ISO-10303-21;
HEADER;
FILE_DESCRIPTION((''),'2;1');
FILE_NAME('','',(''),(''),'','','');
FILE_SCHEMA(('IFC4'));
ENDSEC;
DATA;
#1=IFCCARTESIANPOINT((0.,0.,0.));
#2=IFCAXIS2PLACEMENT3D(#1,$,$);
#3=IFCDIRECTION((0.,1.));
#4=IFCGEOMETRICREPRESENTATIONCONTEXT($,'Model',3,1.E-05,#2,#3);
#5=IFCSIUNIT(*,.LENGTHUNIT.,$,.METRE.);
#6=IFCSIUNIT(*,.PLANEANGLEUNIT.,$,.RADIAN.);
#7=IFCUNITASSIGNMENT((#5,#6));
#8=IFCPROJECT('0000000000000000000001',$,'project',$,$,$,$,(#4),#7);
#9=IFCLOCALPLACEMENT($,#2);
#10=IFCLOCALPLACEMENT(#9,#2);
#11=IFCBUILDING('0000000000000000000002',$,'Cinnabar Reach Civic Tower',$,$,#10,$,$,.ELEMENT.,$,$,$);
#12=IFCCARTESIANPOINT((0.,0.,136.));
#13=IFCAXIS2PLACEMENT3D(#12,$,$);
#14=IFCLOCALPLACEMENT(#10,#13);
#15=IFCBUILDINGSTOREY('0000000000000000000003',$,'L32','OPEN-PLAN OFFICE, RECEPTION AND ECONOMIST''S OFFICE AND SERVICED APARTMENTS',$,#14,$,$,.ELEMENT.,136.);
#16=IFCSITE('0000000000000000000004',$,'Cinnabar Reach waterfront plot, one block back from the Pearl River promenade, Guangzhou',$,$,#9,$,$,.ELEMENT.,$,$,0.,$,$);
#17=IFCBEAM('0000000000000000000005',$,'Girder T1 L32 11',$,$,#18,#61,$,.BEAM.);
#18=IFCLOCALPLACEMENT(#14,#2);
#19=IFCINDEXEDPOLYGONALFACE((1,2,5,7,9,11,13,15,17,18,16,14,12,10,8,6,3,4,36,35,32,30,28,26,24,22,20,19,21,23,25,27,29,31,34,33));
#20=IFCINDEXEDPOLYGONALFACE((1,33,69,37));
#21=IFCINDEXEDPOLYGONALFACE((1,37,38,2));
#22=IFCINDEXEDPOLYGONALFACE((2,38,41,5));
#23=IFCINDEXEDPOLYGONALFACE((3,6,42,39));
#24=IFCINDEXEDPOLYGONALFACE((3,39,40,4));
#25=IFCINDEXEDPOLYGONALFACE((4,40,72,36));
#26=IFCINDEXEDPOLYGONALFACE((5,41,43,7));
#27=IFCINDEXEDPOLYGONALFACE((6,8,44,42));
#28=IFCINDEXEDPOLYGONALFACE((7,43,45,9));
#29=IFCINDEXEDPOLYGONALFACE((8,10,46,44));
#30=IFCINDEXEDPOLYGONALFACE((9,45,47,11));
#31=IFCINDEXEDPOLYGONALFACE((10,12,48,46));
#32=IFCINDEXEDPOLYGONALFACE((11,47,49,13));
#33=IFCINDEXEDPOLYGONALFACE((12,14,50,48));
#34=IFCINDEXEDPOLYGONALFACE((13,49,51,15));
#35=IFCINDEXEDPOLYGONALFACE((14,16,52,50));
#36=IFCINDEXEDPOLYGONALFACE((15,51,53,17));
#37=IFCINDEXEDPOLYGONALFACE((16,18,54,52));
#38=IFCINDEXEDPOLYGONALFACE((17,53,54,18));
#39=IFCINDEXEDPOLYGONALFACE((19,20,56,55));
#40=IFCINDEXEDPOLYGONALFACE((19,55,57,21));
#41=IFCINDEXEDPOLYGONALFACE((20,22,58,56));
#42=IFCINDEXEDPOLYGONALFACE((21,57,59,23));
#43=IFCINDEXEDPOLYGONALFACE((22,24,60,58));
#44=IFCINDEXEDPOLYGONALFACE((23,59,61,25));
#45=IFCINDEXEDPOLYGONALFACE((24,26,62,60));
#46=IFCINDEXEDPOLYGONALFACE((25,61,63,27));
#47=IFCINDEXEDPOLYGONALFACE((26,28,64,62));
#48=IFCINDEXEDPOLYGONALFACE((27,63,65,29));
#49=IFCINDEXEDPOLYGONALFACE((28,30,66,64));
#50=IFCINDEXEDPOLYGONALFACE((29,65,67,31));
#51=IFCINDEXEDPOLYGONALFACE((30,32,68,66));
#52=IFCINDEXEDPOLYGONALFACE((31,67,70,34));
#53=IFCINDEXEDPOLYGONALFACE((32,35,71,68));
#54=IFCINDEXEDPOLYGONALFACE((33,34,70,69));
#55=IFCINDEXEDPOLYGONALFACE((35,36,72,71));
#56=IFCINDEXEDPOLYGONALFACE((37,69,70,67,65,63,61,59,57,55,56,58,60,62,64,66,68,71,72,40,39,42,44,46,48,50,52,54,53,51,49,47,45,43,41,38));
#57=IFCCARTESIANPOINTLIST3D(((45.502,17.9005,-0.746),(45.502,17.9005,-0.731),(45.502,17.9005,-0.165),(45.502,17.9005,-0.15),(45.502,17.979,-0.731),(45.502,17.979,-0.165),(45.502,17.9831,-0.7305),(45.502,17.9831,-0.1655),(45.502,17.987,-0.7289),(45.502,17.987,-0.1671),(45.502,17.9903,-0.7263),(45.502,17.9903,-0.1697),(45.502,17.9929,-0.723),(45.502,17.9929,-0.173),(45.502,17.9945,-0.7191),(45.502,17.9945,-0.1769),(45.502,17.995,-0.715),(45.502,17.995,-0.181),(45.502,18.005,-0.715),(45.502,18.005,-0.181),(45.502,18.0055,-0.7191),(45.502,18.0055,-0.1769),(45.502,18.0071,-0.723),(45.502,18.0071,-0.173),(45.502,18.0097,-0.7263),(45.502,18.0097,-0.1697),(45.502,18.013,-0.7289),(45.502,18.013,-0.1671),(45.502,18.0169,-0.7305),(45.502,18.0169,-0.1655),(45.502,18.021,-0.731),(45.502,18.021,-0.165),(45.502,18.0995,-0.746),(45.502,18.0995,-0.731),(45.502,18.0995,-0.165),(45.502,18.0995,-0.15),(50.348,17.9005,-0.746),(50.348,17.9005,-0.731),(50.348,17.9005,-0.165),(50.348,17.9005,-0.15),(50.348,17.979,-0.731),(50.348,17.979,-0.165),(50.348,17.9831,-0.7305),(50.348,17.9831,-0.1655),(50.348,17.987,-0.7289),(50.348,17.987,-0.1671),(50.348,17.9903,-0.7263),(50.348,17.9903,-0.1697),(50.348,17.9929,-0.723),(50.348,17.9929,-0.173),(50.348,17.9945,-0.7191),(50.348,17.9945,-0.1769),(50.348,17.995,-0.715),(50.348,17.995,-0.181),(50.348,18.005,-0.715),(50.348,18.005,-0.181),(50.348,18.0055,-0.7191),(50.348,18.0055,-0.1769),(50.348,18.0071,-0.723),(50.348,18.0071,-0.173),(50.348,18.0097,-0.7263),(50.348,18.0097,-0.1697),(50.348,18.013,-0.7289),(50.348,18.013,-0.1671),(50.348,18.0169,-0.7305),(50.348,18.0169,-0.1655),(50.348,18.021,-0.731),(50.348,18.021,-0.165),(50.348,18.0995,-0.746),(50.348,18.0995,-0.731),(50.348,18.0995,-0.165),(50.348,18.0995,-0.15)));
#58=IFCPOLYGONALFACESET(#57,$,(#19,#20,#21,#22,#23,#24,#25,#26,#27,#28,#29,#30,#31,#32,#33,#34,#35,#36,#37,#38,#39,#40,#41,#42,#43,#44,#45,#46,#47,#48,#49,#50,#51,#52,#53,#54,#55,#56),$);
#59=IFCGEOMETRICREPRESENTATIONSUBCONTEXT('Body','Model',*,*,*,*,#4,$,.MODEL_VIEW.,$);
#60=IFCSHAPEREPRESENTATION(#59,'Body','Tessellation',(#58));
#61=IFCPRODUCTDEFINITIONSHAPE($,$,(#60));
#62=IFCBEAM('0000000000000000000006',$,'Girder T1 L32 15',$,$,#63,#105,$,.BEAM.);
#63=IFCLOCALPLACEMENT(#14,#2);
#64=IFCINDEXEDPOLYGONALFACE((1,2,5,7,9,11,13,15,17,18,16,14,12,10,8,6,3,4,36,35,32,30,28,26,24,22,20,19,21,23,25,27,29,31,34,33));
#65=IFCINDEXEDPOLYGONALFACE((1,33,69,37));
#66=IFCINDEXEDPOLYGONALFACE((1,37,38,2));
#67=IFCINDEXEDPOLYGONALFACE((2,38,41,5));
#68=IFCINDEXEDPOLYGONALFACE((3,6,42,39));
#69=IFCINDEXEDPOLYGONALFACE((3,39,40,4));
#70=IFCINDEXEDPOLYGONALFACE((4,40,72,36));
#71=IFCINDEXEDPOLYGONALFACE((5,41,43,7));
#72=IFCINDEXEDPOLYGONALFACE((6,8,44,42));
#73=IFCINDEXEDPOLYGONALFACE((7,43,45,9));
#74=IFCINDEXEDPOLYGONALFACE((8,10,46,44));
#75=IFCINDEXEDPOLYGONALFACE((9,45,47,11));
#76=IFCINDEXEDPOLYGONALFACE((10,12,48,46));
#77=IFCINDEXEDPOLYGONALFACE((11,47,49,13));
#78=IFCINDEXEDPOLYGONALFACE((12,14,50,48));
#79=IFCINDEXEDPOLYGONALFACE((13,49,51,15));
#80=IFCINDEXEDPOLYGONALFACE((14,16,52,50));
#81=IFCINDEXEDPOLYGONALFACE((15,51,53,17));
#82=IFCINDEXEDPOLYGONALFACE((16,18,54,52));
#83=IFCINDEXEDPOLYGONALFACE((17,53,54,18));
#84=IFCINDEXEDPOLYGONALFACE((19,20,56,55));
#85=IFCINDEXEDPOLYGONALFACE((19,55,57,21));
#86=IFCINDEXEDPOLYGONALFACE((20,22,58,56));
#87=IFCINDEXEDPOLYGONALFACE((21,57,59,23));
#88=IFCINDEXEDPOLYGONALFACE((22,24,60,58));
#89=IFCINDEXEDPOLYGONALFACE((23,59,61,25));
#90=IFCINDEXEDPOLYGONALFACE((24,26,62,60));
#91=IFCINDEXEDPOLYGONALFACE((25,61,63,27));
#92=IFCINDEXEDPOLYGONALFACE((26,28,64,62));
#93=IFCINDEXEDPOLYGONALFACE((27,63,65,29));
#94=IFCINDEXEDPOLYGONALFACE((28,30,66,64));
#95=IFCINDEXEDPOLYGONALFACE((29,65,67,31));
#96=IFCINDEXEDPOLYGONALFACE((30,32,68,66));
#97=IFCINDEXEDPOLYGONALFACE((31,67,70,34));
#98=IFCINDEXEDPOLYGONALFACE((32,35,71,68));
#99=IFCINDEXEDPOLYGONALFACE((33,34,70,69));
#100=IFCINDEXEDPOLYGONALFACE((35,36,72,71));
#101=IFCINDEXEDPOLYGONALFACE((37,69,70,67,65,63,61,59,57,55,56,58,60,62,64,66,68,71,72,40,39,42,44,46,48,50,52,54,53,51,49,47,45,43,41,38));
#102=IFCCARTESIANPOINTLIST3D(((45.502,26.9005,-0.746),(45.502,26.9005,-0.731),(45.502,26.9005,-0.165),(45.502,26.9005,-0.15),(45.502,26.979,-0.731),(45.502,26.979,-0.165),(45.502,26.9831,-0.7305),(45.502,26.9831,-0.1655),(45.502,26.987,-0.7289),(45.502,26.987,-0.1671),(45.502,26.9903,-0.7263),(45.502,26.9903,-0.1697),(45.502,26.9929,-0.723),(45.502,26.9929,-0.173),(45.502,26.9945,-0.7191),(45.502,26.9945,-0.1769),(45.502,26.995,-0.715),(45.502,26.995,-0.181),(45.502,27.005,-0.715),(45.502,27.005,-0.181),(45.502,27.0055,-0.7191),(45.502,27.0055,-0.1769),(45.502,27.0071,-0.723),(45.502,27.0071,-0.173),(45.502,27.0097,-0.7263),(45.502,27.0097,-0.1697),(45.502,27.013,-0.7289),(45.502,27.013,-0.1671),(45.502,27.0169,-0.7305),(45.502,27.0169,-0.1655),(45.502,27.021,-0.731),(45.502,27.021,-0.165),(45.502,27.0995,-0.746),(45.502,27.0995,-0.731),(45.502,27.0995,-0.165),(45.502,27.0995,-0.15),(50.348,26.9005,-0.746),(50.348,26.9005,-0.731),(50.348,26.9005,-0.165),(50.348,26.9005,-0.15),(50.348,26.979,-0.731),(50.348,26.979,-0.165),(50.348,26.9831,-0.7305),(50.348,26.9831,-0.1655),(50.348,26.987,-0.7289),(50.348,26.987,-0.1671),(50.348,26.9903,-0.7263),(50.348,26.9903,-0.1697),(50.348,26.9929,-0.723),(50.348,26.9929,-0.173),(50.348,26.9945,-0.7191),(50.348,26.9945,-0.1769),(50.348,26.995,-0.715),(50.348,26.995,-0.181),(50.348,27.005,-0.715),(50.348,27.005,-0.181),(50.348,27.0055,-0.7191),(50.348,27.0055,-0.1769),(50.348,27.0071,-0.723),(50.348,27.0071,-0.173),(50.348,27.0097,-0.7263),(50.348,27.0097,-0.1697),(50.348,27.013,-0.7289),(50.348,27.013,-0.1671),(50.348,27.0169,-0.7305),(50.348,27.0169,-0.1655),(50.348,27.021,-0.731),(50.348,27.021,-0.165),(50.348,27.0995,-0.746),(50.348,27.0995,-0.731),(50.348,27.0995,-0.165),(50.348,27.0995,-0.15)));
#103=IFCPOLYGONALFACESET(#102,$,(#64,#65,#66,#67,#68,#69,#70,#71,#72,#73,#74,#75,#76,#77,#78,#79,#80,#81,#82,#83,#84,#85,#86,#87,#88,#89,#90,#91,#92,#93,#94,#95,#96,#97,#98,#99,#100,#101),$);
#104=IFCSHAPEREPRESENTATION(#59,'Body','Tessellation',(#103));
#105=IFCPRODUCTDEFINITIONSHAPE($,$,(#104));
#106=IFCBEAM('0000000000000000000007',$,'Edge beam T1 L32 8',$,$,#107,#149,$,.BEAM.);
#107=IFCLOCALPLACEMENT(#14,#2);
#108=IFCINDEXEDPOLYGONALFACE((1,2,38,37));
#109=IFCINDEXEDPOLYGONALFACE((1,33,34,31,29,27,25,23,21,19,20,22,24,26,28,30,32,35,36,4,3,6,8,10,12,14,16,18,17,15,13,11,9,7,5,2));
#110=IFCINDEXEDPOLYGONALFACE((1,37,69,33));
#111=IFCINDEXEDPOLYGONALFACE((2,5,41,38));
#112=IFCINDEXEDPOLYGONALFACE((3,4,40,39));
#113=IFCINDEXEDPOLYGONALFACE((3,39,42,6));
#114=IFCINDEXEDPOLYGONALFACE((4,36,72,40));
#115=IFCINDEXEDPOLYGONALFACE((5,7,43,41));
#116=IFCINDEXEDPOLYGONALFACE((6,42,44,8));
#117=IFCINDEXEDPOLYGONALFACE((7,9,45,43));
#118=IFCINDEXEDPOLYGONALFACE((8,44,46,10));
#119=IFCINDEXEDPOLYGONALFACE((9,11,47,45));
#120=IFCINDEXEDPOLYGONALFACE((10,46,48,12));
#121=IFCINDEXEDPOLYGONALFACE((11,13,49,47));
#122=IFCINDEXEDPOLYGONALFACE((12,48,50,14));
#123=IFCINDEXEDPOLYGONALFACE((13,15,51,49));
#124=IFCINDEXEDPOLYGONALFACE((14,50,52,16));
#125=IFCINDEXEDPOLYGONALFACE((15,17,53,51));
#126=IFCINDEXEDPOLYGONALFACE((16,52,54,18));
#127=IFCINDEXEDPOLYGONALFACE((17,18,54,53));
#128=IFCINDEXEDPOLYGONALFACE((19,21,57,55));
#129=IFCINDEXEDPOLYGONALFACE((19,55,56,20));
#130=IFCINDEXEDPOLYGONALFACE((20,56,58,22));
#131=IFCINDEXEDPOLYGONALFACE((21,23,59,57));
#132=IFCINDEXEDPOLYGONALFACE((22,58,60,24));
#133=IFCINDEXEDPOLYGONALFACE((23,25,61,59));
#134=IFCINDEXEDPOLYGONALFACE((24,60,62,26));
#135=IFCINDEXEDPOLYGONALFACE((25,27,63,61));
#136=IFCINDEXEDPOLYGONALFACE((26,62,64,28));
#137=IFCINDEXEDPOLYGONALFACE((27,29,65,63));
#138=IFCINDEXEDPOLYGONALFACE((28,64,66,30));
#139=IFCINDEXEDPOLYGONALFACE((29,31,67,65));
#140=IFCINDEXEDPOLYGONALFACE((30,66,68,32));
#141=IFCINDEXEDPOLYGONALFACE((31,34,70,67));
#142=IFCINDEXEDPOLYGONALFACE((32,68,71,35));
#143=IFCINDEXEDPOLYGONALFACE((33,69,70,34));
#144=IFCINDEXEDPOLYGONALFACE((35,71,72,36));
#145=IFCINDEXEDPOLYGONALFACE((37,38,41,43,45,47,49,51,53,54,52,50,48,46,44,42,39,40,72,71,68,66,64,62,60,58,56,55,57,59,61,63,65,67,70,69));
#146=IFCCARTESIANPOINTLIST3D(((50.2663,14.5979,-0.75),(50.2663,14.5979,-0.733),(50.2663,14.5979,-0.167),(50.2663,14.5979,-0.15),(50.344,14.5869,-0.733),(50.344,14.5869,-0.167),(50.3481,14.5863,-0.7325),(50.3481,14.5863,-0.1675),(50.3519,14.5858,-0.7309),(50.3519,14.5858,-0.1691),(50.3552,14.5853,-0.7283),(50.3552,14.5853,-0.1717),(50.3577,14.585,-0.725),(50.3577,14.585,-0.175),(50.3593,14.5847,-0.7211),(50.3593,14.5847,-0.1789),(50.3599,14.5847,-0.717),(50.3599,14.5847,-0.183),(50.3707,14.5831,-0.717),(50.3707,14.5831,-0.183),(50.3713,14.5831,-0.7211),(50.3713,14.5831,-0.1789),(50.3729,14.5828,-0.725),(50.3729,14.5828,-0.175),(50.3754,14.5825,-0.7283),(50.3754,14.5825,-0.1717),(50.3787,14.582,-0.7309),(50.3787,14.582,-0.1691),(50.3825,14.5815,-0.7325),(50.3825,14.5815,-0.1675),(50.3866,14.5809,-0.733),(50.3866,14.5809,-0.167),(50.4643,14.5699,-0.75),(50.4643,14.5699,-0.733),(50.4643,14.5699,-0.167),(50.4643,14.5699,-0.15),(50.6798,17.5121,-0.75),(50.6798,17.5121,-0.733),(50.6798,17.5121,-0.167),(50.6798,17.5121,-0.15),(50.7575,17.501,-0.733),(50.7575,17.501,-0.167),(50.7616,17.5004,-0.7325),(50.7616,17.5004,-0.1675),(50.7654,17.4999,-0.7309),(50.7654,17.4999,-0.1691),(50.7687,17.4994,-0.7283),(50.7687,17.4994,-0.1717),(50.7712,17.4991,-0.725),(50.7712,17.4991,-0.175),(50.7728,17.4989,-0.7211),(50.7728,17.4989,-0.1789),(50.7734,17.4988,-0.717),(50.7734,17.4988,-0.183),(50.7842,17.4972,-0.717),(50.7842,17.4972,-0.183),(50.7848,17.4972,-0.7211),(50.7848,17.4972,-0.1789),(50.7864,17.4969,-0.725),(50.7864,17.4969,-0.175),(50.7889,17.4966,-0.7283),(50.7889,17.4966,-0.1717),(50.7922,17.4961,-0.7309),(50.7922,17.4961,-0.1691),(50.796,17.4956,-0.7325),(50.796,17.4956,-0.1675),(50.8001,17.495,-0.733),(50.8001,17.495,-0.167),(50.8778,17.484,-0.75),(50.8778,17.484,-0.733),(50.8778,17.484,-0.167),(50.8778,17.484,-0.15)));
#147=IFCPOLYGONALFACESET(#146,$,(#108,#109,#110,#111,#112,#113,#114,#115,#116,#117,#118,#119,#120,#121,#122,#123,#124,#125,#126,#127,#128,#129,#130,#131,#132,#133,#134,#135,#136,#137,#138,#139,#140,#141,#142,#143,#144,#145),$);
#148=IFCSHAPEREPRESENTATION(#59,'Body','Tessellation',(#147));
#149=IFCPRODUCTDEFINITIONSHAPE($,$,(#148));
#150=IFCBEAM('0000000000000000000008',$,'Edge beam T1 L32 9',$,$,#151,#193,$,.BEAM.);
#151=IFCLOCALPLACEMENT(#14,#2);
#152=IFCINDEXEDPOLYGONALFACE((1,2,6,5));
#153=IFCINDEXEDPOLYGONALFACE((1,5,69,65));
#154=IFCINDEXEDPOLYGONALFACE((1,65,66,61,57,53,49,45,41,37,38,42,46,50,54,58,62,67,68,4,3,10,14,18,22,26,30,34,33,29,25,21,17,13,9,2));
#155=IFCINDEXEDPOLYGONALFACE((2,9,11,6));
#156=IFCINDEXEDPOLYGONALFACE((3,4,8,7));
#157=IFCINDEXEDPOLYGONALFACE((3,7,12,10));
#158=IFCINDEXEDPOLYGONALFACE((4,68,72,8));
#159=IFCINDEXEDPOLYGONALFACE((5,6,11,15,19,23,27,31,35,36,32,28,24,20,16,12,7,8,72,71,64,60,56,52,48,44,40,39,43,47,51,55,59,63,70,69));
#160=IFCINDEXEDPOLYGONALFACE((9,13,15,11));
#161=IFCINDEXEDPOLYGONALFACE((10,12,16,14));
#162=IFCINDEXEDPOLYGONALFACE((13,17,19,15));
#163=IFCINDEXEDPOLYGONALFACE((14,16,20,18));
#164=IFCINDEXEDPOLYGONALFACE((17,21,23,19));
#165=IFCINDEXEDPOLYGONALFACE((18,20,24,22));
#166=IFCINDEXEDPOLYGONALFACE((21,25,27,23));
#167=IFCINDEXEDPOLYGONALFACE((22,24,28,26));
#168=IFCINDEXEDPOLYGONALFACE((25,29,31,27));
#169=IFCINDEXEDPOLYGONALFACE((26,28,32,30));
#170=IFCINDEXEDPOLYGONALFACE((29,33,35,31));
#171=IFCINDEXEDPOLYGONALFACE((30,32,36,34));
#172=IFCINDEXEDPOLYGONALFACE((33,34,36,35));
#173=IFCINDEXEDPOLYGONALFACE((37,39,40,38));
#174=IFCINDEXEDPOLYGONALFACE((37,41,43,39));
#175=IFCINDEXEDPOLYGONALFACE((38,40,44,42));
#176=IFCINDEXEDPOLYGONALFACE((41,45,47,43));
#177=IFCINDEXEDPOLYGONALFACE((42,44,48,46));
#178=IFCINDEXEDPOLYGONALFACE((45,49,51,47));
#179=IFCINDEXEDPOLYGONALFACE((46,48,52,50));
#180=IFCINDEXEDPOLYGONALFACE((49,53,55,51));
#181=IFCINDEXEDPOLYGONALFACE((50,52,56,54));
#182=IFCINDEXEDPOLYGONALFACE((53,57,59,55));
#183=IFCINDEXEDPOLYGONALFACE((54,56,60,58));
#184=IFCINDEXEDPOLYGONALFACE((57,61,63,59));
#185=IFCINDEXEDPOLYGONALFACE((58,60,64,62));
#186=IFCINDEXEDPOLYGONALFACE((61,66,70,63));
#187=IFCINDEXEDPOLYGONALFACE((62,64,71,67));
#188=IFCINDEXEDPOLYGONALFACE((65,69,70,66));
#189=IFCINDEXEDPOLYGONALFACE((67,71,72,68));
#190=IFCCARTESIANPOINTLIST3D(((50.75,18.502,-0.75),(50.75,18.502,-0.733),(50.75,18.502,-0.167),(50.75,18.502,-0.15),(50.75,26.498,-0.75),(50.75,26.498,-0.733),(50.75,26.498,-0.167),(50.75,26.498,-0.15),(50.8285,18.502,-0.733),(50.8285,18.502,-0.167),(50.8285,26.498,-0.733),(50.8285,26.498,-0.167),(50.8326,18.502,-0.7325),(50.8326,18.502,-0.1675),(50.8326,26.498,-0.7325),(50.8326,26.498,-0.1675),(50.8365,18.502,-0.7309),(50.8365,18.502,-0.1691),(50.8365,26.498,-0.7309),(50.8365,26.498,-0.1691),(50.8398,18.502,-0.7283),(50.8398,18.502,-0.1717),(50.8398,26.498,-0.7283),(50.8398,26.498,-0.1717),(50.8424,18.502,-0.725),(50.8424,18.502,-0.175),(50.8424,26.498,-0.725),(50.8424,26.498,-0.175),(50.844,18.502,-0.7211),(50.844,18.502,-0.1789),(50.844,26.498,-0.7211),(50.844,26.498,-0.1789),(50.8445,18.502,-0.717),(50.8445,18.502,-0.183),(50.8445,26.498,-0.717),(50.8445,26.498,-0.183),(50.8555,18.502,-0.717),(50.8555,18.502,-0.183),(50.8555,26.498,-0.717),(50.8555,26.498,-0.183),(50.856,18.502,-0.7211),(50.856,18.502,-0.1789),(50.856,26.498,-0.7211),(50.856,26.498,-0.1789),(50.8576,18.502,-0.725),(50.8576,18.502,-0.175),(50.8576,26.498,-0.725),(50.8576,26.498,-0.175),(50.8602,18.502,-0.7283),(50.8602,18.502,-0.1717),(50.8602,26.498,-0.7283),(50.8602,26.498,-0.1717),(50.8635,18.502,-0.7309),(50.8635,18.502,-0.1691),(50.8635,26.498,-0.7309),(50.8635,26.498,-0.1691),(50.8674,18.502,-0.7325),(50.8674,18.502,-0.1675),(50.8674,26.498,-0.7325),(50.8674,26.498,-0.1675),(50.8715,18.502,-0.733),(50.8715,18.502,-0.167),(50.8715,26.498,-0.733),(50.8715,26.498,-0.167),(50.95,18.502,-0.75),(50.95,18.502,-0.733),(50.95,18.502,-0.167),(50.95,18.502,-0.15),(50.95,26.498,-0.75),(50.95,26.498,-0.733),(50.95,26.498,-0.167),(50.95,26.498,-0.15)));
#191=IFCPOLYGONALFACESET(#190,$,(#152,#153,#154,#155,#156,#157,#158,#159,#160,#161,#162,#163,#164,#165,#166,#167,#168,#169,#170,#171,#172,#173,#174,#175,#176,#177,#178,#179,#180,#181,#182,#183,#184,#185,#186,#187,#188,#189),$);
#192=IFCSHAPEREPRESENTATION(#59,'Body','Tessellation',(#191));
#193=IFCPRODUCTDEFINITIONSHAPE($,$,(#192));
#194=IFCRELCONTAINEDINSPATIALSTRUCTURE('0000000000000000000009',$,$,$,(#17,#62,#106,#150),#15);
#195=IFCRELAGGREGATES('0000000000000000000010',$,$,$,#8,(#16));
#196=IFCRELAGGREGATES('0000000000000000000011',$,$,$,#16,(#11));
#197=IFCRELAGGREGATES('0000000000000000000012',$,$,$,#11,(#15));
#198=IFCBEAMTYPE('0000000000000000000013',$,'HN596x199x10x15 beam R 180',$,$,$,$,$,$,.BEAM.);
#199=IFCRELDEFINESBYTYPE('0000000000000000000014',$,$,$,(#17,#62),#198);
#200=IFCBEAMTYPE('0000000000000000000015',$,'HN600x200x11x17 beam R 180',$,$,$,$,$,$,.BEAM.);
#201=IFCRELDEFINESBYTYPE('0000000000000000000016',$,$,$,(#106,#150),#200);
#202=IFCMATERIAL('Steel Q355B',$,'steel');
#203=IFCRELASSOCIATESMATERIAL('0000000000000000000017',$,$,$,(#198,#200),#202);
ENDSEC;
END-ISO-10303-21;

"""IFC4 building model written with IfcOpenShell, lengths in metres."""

from ifc_helpers import new_model, si_unit, direction, frame, origin, origin_2d, place, context, subcontext, project, spatial, i_section, extrude, material, material_profile, profile_set, type_object, element, save


model = new_model("IFC4")

# Units and contexts
model_context = context("Model", 3, precision=1e-05, world=origin(), true_north=direction((0.0, 1.0)))
body_context = subcontext(model_context, "Body", "Model", "MODEL_VIEW")
ifc_project = project(units=[si_unit("LENGTHUNIT", "METRE"), si_unit("PLANEANGLEUNIT", "RADIAN")], contexts=[model_context])

# Site, building, storey
site_placement = place(None, origin())
site = spatial("IfcSite", under=ifc_project, at=site_placement, Name="Cinnabar Reach waterfront plot, one block back from the Pearl River promenade, Guangzhou", CompositionType="ELEMENT", RefElevation=0.0)
building_placement = place(site_placement, origin())
building = spatial("IfcBuilding", under=site, at=building_placement, Name="Cinnabar Reach Civic Tower", CompositionType="ELEMENT")
storey_placement = place(building_placement, frame((0.0, 0.0, 136.0)))
storey = spatial("IfcBuildingStorey", under=building, at=storey_placement, Name="L32", Description="OPEN-PLAN OFFICE, RECEPTION AND ECONOMIST'S OFFICE AND SERVICED APARTMENTS", CompositionType="ELEMENT", Elevation=136.0)

# Beams
ifc_material_1 = material(Name="Steel Q355B", Category="steel")
ifc_material_profile_1 = material_profile(ifc_material_1, i_section(OverallWidth=0.199, OverallDepth=0.596, WebThickness=0.01, FlangeThickness=0.015, FilletRadius=0.016, at=origin_2d()), Name="HN596x199x10x15")
ifc_profile_set_1 = profile_set([ifc_material_profile_1], Name="Steel Q355B")
beam_type_1 = type_object("IfcBeamType", Name="HN596x199x10x15 beam R 180", PredefinedType="BEAM", material=ifc_profile_set_1)
for number, where, z_axis, x_axis, name in (
    (1, (45.502, 18.0, -0.448), (1.0, 0.0, 0.0), (0.0, 1.0, 0.0), "Girder T1 L32 11"),
    (2, (45.502, 27.0, -0.448), (1.0, 0.0, 0.0), (0.0, 1.0, 0.0), "Girder T1 L32 15"),
):
    element("IfcBeam", number, at=place(storey_placement, frame(where, z_axis=z_axis, x_axis=x_axis)), inside=storey, type_object=beam_type_1, Name=name, PredefinedType="BEAM", context=body_context, shape_type="SweptSolid", body=[
        extrude(i_section(OverallWidth=0.199, OverallDepth=0.596, WebThickness=0.01, FlangeThickness=0.015, FilletRadius=0.016, at=origin_2d()), origin(), (0.0, 0.0, 1.0), 4.846),
    ])
ifc_material_profile_2 = material_profile(ifc_material_1, i_section(OverallWidth=0.2, OverallDepth=0.6, WebThickness=0.011, FlangeThickness=0.017, FilletRadius=0.016, at=origin_2d()), Name="HN600x200x11x17")
ifc_profile_set_2 = profile_set([ifc_material_profile_2], Name="Steel Q355B")
beam_type_2 = type_object("IfcBeamType", Name="HN600x200x11x17 beam R 180", PredefinedType="BEAM", material=ifc_profile_set_2)
beam_1_placement = place(storey_placement, frame((50.3653, 14.5839, -0.45), z_axis=(0.140489, 0.990082, 0.0), x_axis=(-0.990082, 0.140489, 0.0)))
element("IfcBeam", 3, at=beam_1_placement, inside=storey, type_object=beam_type_2, Name="Edge beam T1 L32 8", PredefinedType="BEAM", context=body_context, shape_type="SweptSolid", body=[
    extrude(i_section(OverallWidth=0.2, OverallDepth=0.6, WebThickness=0.011, FlangeThickness=0.017, FilletRadius=0.016, at=origin_2d()), origin(), (0.0, 0.0, 1.0), 2.9433),
])
beam_2_placement = place(storey_placement, frame((50.85, 18.502, -0.45), z_axis=(0.0, 1.0, 0.0), x_axis=(-1.0, 0.0, 0.0)))
element("IfcBeam", 4, at=beam_2_placement, inside=storey, type_object=beam_type_2, Name="Edge beam T1 L32 9", PredefinedType="BEAM", context=body_context, shape_type="SweptSolid", body=[
    extrude(i_section(OverallWidth=0.2, OverallDepth=0.6, WebThickness=0.011, FlangeThickness=0.017, FilletRadius=0.016, at=origin_2d()), origin(), (0.0, 0.0, 1.0), 7.996),
])

save(model, "model.ifc")
